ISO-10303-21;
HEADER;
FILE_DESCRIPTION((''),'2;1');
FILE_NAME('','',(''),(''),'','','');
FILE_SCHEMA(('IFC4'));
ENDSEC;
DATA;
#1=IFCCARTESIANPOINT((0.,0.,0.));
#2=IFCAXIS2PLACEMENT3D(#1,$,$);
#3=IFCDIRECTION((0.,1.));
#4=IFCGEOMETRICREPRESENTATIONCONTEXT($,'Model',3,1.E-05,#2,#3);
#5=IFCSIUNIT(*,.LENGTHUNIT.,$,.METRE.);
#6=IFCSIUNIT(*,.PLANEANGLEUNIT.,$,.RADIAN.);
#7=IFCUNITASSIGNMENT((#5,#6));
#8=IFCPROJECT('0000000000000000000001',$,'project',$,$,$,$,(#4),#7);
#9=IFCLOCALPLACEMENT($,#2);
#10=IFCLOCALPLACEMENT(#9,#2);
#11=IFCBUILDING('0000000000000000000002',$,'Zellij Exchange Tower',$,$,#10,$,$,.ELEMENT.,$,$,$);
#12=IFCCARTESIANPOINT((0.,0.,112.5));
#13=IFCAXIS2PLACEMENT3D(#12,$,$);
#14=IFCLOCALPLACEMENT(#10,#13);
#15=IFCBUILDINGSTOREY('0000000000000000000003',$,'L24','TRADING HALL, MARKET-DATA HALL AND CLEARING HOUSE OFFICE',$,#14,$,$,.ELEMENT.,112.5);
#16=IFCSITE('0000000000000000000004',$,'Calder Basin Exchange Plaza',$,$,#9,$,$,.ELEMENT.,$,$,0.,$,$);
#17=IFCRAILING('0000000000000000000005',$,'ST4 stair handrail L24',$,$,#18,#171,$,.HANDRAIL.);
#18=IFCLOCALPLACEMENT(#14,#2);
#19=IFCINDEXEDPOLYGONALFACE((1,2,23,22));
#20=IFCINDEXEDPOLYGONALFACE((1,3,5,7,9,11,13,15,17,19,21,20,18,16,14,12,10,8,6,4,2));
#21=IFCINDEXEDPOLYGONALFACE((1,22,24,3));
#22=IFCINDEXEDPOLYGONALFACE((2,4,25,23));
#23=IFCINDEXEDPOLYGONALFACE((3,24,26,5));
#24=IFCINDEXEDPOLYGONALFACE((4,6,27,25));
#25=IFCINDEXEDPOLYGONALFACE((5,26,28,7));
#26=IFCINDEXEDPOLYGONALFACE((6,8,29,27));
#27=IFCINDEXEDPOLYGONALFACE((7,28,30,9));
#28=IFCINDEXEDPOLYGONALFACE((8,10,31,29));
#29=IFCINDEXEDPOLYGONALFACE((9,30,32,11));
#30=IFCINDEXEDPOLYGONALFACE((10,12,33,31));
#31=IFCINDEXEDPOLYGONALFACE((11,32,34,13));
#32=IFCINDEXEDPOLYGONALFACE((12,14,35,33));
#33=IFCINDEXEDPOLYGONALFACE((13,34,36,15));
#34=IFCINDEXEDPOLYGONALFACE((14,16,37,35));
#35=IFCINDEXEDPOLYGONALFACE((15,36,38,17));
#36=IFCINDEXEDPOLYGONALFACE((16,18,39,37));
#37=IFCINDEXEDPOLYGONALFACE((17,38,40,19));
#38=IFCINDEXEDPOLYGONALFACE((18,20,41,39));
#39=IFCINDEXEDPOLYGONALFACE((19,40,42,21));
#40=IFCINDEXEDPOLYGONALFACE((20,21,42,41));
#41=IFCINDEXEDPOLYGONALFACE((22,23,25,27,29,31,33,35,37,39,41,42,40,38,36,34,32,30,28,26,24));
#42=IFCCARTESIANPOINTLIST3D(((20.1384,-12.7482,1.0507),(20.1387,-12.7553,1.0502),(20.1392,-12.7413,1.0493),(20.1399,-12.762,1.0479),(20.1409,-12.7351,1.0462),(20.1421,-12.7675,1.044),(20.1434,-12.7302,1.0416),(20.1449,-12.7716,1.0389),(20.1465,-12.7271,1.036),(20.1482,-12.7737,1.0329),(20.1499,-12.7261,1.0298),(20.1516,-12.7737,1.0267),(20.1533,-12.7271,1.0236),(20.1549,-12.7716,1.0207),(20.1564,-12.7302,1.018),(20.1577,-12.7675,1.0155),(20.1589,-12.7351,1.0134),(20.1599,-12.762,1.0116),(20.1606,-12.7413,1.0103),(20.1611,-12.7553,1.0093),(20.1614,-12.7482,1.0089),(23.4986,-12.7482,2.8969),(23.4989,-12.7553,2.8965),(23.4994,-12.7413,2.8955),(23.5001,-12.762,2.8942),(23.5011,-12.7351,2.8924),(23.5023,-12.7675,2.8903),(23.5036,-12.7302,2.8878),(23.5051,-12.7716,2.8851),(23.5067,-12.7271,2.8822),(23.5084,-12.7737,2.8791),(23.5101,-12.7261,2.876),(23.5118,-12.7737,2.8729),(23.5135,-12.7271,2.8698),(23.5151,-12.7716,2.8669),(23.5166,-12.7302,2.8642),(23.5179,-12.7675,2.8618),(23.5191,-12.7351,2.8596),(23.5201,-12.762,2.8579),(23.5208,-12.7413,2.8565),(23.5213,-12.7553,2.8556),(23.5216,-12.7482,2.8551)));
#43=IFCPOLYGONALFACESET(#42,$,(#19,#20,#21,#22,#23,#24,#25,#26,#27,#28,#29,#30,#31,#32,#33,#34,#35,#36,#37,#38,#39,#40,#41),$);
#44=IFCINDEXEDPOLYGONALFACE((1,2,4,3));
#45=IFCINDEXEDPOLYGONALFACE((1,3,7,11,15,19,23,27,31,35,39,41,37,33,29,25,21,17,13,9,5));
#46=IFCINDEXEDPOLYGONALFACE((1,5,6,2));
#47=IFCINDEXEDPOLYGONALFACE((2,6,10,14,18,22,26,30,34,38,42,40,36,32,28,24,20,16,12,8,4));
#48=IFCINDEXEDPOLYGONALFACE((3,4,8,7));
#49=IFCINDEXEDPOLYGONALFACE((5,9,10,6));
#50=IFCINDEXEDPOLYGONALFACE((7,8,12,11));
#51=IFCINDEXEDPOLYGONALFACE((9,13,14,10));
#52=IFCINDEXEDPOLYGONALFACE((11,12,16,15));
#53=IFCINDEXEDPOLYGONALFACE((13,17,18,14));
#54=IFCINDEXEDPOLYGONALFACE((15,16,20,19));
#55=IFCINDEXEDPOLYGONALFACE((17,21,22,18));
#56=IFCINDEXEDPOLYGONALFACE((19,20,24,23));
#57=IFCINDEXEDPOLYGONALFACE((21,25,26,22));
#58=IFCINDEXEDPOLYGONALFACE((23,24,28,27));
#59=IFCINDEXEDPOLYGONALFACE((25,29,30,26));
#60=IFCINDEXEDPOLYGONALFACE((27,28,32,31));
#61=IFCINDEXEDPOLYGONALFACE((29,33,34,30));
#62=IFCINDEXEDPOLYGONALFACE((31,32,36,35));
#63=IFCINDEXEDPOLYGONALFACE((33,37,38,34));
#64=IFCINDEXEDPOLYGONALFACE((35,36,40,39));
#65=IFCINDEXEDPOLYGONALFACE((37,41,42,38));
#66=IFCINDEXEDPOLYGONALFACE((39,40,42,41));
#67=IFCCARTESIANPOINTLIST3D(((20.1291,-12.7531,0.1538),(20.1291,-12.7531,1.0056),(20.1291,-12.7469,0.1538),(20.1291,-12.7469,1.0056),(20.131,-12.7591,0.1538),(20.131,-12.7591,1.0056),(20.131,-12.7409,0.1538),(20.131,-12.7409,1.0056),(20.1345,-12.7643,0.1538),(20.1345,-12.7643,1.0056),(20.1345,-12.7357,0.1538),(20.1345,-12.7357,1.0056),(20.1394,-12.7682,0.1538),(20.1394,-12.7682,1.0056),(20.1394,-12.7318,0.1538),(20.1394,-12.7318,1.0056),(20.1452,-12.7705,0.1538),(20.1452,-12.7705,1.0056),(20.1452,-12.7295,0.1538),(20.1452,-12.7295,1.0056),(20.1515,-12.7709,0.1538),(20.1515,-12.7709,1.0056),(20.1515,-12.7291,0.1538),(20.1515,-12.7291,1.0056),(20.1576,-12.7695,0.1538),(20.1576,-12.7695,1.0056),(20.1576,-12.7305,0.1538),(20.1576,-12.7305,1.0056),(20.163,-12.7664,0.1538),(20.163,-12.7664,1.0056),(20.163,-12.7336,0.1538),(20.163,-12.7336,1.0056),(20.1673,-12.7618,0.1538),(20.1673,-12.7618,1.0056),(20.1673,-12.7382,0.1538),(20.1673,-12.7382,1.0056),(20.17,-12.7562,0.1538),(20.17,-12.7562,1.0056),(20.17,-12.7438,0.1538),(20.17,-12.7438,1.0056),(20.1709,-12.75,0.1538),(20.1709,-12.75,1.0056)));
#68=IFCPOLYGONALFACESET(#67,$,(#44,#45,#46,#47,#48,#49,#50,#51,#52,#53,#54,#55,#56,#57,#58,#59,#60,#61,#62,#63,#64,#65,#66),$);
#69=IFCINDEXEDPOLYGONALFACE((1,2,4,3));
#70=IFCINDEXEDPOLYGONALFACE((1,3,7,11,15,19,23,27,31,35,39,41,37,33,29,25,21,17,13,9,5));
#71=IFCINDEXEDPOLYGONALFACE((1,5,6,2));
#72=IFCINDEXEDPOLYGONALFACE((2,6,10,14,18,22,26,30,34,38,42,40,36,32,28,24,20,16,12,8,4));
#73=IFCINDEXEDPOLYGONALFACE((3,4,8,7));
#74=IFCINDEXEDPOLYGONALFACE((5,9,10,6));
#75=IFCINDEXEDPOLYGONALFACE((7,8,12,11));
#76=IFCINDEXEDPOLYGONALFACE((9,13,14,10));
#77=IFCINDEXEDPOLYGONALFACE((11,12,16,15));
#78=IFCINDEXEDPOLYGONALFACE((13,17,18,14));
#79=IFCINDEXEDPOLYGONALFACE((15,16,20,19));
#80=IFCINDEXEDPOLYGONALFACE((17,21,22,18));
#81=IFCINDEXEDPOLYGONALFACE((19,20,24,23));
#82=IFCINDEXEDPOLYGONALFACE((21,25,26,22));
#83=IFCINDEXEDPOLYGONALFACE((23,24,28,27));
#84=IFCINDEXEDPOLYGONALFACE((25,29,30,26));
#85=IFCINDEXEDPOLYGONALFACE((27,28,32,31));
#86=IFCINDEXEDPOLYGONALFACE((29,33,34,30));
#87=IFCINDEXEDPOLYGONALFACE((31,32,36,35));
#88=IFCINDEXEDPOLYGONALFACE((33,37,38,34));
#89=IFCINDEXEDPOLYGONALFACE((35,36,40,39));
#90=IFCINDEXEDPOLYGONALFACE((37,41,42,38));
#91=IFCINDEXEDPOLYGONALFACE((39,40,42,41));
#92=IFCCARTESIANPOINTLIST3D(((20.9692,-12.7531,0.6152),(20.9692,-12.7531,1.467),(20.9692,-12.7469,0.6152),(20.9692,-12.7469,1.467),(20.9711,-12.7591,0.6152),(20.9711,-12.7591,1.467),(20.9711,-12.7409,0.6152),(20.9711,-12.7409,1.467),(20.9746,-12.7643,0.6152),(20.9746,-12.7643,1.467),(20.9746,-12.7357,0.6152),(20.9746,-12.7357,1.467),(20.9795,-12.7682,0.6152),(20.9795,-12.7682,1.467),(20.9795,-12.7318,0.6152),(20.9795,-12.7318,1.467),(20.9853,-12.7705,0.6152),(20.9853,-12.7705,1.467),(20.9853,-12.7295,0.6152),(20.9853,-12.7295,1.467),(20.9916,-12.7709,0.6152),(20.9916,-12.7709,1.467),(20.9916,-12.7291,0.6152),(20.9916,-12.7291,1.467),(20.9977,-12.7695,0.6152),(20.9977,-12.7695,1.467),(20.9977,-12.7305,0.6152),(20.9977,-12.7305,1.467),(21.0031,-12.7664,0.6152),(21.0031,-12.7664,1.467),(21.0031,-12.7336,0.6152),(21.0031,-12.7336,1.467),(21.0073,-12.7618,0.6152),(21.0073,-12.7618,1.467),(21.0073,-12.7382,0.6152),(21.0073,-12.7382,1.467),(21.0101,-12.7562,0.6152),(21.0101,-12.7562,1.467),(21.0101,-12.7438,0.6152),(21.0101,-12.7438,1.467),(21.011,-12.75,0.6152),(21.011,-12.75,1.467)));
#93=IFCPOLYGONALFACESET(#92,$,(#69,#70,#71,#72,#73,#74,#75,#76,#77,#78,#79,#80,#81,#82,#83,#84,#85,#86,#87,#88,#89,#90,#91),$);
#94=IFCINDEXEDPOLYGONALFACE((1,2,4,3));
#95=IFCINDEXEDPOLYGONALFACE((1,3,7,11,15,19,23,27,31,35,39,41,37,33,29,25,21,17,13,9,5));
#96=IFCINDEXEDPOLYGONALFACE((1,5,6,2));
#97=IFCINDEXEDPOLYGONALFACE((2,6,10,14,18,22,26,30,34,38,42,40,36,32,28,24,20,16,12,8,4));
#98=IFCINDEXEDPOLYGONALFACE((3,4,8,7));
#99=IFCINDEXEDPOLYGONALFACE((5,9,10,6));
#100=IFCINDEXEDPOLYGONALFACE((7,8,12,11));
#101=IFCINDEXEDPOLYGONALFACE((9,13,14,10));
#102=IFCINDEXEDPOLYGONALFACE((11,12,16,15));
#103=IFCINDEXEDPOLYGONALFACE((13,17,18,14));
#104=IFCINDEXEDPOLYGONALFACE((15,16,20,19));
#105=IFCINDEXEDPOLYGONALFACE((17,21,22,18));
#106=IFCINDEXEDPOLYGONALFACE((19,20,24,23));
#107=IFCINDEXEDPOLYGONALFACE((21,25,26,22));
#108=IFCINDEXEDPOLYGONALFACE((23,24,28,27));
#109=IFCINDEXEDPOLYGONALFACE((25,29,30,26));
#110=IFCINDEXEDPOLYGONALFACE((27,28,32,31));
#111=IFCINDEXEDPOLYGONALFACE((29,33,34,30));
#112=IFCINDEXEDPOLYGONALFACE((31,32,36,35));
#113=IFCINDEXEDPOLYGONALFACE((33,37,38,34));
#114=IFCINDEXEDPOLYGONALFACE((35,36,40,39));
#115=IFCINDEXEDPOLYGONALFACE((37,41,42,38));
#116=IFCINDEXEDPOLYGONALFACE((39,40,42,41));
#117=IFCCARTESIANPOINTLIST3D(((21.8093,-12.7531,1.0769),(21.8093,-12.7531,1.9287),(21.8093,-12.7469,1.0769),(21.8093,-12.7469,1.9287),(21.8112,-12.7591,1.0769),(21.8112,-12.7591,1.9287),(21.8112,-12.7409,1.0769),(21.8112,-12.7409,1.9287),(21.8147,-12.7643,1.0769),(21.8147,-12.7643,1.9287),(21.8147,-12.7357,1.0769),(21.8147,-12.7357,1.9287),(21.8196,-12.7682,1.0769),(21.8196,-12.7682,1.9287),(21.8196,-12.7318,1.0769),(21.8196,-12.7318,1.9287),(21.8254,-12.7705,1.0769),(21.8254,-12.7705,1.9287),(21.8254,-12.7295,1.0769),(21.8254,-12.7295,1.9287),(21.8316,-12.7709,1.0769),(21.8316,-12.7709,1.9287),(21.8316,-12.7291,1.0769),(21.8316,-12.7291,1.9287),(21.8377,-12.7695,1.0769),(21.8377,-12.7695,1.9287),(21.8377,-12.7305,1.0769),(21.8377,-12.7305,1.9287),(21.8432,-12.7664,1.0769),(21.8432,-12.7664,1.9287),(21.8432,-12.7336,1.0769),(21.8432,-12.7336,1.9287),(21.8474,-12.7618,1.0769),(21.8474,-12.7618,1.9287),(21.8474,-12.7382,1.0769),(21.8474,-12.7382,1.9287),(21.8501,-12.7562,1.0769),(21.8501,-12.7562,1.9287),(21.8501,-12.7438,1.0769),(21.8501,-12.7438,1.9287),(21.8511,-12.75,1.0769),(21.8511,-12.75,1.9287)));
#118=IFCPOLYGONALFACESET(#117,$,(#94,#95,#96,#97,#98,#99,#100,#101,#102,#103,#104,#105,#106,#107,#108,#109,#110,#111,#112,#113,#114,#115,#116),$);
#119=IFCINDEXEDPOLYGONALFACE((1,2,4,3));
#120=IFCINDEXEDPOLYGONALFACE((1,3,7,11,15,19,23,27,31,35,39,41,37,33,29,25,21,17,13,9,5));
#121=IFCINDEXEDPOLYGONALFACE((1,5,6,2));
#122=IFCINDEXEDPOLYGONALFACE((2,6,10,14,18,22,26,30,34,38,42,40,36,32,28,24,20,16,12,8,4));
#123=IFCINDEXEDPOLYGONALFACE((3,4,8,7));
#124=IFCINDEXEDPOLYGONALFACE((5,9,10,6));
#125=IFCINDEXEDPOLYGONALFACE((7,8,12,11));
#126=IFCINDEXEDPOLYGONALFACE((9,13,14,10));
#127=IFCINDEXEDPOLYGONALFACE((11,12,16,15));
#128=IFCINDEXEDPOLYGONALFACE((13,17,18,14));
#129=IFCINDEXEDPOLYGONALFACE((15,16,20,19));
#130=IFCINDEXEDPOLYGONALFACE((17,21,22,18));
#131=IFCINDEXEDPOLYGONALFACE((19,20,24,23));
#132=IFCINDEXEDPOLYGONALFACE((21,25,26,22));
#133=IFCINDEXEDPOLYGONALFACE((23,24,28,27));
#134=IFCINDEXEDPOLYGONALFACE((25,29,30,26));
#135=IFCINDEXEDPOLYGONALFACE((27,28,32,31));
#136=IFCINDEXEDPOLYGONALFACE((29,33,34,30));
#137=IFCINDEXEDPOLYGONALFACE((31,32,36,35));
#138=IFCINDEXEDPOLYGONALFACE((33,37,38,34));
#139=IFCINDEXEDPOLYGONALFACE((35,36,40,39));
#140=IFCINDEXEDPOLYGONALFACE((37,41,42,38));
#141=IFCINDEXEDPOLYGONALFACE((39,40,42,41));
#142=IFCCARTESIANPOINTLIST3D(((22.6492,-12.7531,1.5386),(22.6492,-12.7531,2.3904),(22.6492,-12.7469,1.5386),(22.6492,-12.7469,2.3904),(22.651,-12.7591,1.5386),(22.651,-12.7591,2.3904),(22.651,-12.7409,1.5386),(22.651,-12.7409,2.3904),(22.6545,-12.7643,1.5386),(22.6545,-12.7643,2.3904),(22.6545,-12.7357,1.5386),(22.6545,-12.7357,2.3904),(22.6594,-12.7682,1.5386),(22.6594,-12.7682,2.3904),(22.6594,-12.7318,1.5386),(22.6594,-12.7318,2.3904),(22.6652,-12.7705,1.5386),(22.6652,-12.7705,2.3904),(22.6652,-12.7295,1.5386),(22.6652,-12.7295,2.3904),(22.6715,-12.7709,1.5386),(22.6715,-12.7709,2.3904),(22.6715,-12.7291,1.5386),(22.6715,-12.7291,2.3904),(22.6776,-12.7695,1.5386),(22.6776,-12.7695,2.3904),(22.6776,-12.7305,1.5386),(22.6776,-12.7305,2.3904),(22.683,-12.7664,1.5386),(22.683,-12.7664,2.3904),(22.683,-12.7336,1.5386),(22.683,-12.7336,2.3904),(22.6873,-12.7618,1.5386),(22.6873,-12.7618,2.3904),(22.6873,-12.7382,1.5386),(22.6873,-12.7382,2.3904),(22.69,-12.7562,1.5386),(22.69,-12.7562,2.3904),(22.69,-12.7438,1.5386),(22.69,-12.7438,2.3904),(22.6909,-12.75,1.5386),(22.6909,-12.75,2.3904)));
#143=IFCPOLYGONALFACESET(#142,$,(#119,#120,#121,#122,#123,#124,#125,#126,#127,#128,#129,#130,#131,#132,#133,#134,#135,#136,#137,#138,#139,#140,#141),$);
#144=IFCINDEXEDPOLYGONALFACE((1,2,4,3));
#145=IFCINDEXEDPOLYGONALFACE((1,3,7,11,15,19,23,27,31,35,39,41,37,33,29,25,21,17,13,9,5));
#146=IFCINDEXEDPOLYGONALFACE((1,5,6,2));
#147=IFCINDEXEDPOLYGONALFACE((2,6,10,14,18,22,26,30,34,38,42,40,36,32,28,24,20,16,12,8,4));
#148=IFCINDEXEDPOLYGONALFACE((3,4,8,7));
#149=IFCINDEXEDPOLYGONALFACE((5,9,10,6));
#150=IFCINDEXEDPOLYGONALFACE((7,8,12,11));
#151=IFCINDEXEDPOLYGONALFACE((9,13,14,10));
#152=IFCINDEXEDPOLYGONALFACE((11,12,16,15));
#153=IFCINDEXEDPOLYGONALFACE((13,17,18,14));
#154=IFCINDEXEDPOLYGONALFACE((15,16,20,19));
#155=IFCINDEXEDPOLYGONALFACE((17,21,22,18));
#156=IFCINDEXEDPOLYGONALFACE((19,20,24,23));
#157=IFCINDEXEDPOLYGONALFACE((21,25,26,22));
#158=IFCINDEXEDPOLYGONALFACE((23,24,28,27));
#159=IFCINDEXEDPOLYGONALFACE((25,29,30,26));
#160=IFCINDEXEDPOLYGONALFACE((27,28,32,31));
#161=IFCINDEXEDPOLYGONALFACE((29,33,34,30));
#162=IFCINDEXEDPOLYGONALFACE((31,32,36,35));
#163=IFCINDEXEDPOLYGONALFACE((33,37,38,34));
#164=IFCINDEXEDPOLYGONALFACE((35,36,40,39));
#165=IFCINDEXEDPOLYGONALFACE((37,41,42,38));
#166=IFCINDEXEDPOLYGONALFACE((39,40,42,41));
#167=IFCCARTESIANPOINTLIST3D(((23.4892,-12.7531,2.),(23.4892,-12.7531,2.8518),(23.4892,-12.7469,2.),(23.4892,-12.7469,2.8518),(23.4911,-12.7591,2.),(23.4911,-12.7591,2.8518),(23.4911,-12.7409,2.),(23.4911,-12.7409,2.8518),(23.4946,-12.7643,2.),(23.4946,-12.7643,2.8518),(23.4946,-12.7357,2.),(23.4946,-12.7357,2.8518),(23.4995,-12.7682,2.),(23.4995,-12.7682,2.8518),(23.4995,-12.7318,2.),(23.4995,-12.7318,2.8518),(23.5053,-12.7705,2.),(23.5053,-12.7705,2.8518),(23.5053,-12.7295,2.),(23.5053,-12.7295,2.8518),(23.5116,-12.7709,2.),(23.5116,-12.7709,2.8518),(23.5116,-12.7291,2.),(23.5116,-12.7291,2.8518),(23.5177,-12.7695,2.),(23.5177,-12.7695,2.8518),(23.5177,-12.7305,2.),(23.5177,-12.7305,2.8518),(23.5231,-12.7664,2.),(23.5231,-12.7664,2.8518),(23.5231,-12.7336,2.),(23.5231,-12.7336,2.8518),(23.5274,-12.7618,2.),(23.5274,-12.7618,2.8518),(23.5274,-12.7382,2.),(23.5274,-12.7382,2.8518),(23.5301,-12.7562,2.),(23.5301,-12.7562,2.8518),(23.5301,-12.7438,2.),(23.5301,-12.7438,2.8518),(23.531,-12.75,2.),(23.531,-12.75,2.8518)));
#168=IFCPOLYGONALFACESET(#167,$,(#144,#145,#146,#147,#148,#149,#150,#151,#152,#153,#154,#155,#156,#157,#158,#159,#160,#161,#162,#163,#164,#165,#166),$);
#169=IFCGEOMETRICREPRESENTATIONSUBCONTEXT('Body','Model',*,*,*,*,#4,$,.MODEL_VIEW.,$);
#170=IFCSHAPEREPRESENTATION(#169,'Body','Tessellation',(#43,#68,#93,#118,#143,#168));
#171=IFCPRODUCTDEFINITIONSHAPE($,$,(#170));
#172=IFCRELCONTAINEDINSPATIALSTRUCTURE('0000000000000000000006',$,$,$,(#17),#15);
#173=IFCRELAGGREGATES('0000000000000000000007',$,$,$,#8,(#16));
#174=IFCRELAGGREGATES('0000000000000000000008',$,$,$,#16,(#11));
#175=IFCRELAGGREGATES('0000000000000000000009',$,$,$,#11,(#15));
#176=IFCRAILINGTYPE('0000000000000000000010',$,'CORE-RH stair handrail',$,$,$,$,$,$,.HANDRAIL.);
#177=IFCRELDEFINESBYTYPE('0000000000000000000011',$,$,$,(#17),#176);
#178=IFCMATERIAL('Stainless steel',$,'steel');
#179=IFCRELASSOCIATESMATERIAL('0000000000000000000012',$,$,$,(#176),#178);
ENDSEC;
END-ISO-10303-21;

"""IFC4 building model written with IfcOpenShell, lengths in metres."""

from ifc_helpers import new_model, si_unit, direction, frame, origin, origin_2d, place, context, subcontext, project, spatial, circle, extrude, material, type_object, element, save


model = new_model("IFC4")

# Units and contexts
model_context = context("Model", 3, precision=1e-05, world=origin(), true_north=direction((0.0, 1.0)))
body_context = subcontext(model_context, "Body", "Model", "MODEL_VIEW")
ifc_project = project(units=[si_unit("LENGTHUNIT", "METRE"), si_unit("PLANEANGLEUNIT", "RADIAN")], contexts=[model_context])

# Site, building, storey
site_placement = place(None, origin())
site = spatial("IfcSite", under=ifc_project, at=site_placement, Name="Calder Basin Exchange Plaza", CompositionType="ELEMENT", RefElevation=0.0)
building_placement = place(site_placement, origin())
building = spatial("IfcBuilding", under=site, at=building_placement, Name="Zellij Exchange Tower", CompositionType="ELEMENT")
storey_placement = place(building_placement, frame((0.0, 0.0, 112.5)))
storey = spatial("IfcBuildingStorey", under=building, at=storey_placement, Name="L24", Description="TRADING HALL, MARKET-DATA HALL AND CLEARING HOUSE OFFICE", CompositionType="ELEMENT", Elevation=112.5)

# Railing
ifc_material_1 = material(Name="Stainless steel", Category="steel")
railing_type = type_object("IfcRailingType", Name="CORE-RH stair handrail", PredefinedType="HANDRAIL", material=ifc_material_1)
for number, where, name in (
    (1, (20.1499, -12.75, 0.1538), "ST4 stair handrail L24"),
):
    element("IfcRailing", number, at=place(storey_placement, frame(where)), inside=storey, type_object=railing_type, Name=name, PredefinedType="HANDRAIL", context=body_context, shape_type="SweptSolid", body=[
        extrude(circle(Radius=0.0239, at=origin_2d()), frame((0.0, 0.0, 0.876), z_axis=(0.876422, 0.0, 0.481545), x_axis=(0.0, 1.0, 0.0)), (0.0, 0.0, 1.0), 3.834),
        extrude(circle(Radius=0.021, at=origin_2d()), origin(), (0.0, 0.0, 1.0), 0.8518),
        extrude(circle(Radius=0.021, at=origin_2d()), frame((0.8401, 0.0, 0.4614)), (0.0, 0.0, 1.0), 0.8518),
        extrude(circle(Radius=0.021, at=origin_2d()), frame((1.6802, 0.0, 0.9231)), (0.0, 0.0, 1.0), 0.8518),
        extrude(circle(Radius=0.021, at=origin_2d()), frame((2.52, 0.0, 1.3848)), (0.0, 0.0, 1.0), 0.8518),
        extrude(circle(Radius=0.021, at=origin_2d()), frame((3.3601, 0.0, 1.8462)), (0.0, 0.0, 1.0), 0.8518),
    ])

save(model, "model.ifc")
